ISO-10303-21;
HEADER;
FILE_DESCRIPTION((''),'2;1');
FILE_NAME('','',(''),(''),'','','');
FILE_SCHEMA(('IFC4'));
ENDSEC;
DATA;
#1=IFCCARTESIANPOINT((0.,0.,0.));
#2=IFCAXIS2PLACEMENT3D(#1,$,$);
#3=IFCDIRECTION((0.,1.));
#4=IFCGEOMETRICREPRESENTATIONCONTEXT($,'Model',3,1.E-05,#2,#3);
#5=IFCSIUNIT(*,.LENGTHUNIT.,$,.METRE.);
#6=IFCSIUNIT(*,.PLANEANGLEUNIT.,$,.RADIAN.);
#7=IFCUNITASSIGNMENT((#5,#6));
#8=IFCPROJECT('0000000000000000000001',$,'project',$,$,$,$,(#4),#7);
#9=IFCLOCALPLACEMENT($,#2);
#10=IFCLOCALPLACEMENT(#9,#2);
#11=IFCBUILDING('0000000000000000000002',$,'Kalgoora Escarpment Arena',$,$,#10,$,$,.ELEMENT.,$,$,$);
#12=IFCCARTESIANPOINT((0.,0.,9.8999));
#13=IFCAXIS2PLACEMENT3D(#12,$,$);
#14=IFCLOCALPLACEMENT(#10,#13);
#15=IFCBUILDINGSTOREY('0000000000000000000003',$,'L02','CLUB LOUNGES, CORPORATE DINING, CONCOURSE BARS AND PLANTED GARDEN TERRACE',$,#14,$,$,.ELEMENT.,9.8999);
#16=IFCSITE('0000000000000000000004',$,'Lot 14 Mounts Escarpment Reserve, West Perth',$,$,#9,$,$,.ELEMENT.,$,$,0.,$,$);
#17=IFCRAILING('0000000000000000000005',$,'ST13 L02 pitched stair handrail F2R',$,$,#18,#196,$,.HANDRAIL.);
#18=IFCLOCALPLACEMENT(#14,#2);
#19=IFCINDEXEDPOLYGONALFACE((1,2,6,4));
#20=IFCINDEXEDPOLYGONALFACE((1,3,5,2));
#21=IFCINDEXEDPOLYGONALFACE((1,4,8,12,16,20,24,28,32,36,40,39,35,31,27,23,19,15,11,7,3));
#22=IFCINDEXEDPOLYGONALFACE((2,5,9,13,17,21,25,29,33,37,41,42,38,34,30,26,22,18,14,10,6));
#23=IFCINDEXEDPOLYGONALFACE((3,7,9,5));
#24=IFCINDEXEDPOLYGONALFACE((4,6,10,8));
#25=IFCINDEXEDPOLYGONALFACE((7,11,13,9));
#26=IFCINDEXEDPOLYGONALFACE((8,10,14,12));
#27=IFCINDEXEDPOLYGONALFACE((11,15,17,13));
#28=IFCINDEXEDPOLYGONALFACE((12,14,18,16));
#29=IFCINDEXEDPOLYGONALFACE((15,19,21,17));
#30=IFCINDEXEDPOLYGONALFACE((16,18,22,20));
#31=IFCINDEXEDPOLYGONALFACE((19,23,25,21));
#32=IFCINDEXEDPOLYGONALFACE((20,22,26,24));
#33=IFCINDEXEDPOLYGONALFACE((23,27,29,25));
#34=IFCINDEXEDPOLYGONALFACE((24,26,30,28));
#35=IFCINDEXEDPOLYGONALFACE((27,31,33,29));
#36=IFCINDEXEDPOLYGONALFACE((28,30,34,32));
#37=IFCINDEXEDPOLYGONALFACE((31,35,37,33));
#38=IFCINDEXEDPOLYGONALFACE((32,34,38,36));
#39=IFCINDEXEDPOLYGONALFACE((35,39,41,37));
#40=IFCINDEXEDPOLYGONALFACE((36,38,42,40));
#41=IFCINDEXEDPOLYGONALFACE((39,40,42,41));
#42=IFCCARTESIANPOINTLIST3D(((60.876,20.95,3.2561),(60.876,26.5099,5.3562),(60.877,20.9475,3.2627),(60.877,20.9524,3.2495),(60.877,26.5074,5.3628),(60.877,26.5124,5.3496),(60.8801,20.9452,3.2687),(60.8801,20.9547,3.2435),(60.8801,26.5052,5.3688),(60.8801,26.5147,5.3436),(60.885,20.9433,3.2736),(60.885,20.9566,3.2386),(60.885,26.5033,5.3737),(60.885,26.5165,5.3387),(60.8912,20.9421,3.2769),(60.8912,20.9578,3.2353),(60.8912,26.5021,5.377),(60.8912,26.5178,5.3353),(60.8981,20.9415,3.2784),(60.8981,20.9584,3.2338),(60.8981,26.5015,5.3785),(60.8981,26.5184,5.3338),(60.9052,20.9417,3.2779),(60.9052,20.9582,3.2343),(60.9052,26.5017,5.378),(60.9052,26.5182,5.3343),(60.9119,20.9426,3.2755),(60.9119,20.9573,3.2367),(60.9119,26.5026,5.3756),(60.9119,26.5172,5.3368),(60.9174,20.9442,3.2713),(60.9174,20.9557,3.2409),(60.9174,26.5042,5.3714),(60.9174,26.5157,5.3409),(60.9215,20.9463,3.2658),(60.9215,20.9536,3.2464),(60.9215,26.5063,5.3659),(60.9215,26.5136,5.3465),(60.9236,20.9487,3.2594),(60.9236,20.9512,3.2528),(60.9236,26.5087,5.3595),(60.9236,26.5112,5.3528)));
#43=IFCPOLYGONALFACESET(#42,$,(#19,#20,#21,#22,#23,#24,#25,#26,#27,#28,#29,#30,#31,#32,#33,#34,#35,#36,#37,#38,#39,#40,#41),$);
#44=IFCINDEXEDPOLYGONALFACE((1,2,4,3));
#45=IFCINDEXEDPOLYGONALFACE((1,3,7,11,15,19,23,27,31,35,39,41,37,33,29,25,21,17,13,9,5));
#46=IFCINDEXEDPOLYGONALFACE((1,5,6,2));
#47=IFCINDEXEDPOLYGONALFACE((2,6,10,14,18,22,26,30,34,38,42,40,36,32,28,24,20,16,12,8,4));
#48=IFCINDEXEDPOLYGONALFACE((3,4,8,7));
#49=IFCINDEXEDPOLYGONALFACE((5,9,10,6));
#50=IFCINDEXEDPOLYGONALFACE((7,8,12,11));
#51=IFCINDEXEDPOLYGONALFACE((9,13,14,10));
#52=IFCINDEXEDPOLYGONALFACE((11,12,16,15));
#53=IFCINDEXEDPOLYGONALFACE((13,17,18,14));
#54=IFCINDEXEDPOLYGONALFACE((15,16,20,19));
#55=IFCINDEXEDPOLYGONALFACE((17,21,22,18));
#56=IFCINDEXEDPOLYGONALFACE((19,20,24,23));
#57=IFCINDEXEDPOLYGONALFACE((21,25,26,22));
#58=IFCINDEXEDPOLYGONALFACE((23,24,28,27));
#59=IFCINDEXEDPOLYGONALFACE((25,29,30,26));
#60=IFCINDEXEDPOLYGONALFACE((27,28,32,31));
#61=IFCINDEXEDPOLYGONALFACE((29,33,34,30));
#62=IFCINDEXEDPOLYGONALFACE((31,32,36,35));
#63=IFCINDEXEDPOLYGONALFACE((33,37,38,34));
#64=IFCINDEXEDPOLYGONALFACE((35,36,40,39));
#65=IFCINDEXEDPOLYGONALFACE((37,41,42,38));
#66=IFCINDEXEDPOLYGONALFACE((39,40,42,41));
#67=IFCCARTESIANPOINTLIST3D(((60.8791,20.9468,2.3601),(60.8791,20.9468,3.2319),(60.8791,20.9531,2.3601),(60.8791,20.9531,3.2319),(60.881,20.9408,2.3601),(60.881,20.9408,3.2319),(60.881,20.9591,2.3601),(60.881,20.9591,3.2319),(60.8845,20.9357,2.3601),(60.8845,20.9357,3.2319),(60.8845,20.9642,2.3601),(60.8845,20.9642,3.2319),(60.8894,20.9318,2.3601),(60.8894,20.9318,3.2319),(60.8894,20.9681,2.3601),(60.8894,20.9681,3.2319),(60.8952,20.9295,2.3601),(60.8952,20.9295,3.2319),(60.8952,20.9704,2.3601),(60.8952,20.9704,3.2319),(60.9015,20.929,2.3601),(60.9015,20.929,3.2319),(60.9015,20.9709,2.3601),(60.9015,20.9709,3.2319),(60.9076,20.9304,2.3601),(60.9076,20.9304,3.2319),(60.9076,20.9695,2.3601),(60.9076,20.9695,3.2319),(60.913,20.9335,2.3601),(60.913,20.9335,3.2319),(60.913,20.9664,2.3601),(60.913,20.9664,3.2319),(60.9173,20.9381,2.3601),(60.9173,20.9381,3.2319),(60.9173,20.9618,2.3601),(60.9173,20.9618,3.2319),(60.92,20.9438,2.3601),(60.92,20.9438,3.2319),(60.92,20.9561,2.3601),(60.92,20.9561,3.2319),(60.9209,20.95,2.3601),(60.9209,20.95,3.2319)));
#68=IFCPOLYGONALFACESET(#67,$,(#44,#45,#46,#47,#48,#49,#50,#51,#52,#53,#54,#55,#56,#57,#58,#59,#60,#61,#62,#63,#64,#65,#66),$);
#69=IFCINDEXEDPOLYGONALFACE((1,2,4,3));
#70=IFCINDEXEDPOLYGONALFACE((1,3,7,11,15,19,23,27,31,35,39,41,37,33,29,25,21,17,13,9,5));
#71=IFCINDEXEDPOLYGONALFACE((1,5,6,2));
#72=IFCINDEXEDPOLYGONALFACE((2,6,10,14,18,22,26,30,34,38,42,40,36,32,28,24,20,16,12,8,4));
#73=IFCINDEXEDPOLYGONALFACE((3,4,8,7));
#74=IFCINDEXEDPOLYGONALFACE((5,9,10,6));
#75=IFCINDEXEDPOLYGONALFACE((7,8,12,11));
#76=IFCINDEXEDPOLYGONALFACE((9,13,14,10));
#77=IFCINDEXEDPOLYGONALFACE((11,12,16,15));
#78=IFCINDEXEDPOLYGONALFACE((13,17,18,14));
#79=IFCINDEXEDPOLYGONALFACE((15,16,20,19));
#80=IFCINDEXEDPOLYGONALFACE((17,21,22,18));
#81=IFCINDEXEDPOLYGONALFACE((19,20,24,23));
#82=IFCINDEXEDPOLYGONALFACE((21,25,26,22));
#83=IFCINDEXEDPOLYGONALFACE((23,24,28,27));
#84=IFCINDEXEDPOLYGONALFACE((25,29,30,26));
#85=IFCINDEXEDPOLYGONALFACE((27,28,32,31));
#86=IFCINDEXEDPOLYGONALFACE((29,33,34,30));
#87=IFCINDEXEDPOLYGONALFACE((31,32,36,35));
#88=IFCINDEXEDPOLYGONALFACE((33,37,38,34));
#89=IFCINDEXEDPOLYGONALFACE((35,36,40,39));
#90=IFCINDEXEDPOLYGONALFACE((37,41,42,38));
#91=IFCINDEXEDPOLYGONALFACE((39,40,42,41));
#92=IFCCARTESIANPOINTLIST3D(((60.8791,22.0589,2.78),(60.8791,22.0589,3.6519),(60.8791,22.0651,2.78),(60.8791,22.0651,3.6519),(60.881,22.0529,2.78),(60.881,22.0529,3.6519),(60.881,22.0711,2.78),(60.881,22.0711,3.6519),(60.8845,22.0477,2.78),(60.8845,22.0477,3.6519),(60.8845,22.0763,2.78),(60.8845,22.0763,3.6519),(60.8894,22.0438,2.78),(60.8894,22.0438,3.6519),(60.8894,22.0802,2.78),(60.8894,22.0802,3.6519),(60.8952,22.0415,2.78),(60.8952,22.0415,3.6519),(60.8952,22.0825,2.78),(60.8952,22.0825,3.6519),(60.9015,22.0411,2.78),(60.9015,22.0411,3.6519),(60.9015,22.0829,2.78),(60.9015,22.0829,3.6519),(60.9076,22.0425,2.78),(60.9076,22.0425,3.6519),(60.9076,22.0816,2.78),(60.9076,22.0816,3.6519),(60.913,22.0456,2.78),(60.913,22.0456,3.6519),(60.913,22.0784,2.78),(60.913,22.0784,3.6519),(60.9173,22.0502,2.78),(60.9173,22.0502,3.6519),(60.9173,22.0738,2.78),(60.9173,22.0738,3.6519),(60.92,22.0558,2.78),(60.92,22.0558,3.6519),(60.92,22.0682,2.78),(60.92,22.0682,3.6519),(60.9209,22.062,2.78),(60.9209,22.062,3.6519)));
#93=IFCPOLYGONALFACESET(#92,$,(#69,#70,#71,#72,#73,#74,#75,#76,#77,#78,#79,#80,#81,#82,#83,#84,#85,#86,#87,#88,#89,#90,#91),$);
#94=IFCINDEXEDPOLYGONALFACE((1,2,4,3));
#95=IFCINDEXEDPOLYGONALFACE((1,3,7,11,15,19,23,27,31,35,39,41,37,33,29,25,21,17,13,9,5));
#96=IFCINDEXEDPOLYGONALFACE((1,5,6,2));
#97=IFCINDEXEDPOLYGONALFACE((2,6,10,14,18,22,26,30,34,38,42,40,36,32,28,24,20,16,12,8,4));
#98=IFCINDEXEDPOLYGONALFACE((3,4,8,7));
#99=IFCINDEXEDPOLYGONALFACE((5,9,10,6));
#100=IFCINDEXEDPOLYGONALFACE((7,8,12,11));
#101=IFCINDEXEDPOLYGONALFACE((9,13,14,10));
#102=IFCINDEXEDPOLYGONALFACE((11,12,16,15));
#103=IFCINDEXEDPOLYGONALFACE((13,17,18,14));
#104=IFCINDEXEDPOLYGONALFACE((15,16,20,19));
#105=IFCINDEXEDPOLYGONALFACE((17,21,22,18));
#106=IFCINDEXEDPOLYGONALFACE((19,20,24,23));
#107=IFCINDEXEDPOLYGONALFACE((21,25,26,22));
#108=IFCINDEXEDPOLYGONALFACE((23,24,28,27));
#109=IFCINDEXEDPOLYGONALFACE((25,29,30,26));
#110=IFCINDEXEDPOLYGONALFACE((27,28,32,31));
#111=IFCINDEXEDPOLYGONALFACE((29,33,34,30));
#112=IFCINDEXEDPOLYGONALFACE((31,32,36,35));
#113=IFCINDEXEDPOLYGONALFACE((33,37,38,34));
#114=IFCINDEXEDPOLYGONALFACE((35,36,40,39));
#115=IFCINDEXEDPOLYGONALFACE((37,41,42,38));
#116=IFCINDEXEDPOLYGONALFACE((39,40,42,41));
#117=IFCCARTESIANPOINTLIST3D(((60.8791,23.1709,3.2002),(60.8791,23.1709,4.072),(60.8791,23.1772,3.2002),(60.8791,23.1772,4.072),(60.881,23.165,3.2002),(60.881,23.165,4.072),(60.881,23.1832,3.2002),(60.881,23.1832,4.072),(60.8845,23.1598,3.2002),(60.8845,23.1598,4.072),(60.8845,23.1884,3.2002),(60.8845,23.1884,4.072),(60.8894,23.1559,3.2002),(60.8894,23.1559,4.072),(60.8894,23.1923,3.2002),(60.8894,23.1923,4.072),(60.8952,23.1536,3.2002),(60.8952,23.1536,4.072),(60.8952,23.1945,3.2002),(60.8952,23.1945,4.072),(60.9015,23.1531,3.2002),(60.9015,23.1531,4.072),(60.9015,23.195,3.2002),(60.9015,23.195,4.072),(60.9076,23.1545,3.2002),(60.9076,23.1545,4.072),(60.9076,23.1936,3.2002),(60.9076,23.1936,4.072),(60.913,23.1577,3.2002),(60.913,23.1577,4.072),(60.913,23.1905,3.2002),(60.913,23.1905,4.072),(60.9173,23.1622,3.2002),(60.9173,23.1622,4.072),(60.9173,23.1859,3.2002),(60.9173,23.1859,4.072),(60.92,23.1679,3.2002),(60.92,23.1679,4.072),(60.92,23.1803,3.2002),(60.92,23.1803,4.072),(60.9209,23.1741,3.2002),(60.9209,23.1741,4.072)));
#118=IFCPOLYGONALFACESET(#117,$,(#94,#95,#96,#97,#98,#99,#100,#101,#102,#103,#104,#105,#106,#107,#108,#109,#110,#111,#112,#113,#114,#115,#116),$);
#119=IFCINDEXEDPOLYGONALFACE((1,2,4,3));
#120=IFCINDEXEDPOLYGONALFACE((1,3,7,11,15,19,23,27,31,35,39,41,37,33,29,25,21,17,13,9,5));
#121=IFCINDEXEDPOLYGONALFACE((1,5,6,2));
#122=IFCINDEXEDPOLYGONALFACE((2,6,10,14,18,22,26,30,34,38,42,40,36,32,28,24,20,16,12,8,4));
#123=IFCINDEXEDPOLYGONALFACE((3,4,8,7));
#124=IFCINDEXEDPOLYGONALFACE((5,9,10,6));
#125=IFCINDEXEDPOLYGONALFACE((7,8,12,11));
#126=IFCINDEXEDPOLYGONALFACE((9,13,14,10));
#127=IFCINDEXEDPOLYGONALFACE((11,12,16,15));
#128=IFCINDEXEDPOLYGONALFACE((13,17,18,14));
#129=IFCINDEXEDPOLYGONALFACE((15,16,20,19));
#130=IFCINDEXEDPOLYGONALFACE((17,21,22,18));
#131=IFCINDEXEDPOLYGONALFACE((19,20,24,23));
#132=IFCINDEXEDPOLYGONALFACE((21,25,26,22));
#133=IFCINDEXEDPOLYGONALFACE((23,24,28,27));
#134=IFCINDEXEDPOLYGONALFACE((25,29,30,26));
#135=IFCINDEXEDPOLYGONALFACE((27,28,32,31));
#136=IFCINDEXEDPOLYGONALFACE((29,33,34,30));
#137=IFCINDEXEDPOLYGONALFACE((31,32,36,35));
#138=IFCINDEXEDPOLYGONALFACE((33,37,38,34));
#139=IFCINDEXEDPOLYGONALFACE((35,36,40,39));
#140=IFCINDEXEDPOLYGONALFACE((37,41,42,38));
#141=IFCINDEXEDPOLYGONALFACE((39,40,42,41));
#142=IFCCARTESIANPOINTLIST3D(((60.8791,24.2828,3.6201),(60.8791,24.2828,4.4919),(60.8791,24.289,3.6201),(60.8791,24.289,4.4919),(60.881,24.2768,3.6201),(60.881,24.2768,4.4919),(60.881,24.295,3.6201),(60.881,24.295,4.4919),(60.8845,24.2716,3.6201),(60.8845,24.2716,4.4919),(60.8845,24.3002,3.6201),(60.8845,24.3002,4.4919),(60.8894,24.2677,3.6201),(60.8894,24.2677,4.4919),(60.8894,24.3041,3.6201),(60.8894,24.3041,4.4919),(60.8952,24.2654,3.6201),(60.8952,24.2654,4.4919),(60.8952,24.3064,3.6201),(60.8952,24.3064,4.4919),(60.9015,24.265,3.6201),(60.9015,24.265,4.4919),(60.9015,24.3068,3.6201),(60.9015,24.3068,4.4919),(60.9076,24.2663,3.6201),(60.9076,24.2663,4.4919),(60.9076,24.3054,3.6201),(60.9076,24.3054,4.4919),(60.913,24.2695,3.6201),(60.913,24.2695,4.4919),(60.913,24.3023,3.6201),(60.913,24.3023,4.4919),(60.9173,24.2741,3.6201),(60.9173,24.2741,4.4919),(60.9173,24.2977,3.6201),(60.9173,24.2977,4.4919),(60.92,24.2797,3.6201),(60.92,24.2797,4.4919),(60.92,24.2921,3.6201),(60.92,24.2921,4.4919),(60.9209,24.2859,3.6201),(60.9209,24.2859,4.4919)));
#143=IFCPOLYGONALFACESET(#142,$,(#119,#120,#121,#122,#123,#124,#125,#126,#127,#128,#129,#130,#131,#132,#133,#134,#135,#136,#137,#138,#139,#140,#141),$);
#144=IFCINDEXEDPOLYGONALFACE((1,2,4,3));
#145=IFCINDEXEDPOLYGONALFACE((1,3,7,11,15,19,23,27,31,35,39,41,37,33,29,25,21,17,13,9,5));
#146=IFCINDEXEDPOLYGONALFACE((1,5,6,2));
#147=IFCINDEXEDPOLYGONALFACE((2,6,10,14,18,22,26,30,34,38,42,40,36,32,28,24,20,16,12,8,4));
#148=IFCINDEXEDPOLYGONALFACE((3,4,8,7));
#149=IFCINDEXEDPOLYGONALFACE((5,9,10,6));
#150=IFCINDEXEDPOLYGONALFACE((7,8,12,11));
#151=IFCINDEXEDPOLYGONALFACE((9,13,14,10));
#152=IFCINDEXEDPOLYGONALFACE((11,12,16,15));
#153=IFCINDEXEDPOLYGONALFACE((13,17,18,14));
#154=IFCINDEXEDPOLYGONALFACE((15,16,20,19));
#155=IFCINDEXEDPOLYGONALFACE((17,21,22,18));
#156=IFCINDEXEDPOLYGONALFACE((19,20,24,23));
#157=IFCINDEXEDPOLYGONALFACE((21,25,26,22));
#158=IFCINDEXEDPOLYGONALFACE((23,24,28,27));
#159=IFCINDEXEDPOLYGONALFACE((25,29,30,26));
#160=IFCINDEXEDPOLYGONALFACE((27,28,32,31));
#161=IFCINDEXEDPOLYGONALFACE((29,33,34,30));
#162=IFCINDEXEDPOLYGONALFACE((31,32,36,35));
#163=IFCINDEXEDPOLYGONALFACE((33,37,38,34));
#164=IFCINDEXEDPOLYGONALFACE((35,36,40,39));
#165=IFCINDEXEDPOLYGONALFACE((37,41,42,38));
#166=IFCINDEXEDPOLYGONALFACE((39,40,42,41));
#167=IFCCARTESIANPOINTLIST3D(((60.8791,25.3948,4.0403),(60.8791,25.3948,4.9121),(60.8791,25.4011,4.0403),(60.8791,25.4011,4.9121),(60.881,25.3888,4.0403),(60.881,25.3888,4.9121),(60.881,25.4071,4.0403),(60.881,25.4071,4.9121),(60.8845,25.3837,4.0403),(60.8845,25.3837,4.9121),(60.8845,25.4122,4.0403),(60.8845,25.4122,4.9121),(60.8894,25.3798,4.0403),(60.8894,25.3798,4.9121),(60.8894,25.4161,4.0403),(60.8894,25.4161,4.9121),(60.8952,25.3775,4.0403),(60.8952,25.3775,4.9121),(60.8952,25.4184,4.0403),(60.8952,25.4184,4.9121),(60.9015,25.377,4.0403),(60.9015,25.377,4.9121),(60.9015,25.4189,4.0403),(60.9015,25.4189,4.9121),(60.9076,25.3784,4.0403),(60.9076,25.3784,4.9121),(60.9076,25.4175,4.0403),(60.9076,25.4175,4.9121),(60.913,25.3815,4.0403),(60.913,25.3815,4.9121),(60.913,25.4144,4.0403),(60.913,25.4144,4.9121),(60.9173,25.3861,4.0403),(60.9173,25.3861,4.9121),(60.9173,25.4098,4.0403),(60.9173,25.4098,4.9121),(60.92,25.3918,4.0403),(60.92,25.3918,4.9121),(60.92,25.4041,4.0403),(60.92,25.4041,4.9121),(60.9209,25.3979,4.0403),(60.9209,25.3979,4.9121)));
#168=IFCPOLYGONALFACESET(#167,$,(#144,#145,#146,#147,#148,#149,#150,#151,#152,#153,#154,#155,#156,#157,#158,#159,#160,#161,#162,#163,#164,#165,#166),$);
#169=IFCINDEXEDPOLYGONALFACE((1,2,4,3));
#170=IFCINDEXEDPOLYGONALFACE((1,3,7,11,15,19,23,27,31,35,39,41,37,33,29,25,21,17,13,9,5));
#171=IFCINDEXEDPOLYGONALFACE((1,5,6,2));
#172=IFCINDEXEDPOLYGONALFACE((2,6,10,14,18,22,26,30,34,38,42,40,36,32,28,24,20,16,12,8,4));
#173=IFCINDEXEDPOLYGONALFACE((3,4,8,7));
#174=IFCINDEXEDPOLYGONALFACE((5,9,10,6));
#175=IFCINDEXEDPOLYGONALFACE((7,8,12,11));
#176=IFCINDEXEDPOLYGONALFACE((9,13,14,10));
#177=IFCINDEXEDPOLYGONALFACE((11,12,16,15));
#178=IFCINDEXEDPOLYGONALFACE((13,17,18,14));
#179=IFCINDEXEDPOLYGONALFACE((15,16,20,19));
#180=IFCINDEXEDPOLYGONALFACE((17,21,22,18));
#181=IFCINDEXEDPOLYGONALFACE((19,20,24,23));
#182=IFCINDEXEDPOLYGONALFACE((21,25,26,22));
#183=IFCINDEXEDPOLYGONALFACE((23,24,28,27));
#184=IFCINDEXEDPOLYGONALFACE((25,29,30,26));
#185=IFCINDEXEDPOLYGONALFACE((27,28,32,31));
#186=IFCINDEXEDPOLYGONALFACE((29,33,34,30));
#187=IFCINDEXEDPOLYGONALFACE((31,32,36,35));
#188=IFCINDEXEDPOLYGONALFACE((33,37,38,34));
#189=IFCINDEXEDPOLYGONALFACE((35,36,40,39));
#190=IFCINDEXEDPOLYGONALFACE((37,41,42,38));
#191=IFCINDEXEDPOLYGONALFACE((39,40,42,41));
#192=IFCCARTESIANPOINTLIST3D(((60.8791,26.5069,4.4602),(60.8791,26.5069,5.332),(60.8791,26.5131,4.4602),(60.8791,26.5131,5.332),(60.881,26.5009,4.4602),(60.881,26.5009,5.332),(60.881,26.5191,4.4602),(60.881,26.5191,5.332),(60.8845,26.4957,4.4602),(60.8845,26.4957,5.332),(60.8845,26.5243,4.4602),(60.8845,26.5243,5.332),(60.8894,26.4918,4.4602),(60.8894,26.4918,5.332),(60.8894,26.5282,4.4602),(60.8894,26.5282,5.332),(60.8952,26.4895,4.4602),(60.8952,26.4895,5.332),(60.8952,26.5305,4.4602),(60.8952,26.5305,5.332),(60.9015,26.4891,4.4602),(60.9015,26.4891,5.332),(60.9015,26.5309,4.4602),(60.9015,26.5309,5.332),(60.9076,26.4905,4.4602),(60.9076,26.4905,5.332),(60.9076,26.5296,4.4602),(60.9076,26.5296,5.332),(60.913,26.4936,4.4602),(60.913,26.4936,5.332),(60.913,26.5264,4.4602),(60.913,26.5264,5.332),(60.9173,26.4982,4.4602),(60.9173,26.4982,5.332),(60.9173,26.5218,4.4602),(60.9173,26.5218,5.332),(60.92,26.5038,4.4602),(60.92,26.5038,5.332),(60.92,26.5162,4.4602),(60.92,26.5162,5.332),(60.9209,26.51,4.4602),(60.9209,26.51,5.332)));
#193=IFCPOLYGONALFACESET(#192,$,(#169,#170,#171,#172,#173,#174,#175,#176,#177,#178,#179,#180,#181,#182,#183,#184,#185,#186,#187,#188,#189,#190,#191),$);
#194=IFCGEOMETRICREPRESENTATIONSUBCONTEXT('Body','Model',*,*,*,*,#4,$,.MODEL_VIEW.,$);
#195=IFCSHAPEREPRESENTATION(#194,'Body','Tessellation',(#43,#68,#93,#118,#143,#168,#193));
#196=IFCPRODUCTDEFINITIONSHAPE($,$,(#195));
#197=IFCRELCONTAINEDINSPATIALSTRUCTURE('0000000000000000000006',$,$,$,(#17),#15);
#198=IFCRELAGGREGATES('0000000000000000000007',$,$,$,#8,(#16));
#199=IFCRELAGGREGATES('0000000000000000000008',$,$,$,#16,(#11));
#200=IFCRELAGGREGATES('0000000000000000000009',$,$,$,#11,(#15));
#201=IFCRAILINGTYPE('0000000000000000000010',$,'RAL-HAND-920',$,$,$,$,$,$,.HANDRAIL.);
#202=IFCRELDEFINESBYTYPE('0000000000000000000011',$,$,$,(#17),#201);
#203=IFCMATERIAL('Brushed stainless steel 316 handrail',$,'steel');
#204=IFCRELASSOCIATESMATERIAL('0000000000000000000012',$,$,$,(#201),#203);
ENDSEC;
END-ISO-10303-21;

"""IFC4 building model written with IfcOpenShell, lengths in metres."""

from ifc_helpers import new_model, si_unit, direction, frame, origin, origin_2d, place, context, subcontext, project, spatial, circle, extrude, material, type_object, element, save


model = new_model("IFC4")

# Units and contexts
model_context = context("Model", 3, precision=1e-05, world=origin(), true_north=direction((0.0, 1.0)))
body_context = subcontext(model_context, "Body", "Model", "MODEL_VIEW")
ifc_project = project(units=[si_unit("LENGTHUNIT", "METRE"), si_unit("PLANEANGLEUNIT", "RADIAN")], contexts=[model_context])

# Site, building, storey
site_placement = place(None, origin())
site = spatial("IfcSite", under=ifc_project, at=site_placement, Name="Lot 14 Mounts Escarpment Reserve, West Perth", CompositionType="ELEMENT", RefElevation=0.0)
building_placement = place(site_placement, origin())
building = spatial("IfcBuilding", under=site, at=building_placement, Name="Kalgoora Escarpment Arena", CompositionType="ELEMENT")
storey_placement = place(building_placement, frame((0.0, 0.0, 9.8999)))
storey = spatial("IfcBuildingStorey", under=building, at=storey_placement, Name="L02", Description="CLUB LOUNGES, CORPORATE DINING, CONCOURSE BARS AND PLANTED GARDEN TERRACE", CompositionType="ELEMENT", Elevation=9.8999)

# Railing
ifc_material_1 = material(Name="Brushed stainless steel 316 handrail", Category="steel")
railing_type_1 = type_object("IfcRailingType", Name="RAL-HAND-920", PredefinedType="HANDRAIL", material=ifc_material_1)
for number, where, name in (
    (1, (60.8999, 20.95, 2.3601), "ST13 L02 pitched stair handrail F2R"),
):
    element("IfcRailing", number, at=place(storey_placement, frame(where)), inside=storey, type_object=railing_type_1, Name=name, PredefinedType="HANDRAIL", context=body_context, shape_type="SweptSolid", body=[
        extrude(circle(Radius=0.0239, at=origin_2d()), frame((0.0, 0.0, 0.896), z_axis=(0.0, 0.935493, 0.353346), x_axis=(-1.0, 0.0, 0.0)), (0.0, 0.0, 1.0), 5.9434),
        extrude(circle(Radius=0.021, at=origin_2d()), origin(), (0.0, 0.0, 1.0), 0.8718),
        extrude(circle(Radius=0.021, at=origin_2d()), frame((0.0, 1.1121, 0.4199)), (0.0, 0.0, 1.0), 0.8718),
        extrude(circle(Radius=0.021, at=origin_2d()), frame((0.0, 2.2241, 0.8401)), (0.0, 0.0, 1.0), 0.8718),
        extrude(circle(Radius=0.021, at=origin_2d()), frame((0.0, 3.3359, 1.26)), (0.0, 0.0, 1.0), 0.8718),
        extrude(circle(Radius=0.021, at=origin_2d()), frame((0.0, 4.448, 1.6802)), (0.0, 0.0, 1.0), 0.8718),
        extrude(circle(Radius=0.021, at=origin_2d()), frame((0.0, 5.5601, 2.1001)), (0.0, 0.0, 1.0), 0.8718),
    ])

save(model, "model.ifc")
